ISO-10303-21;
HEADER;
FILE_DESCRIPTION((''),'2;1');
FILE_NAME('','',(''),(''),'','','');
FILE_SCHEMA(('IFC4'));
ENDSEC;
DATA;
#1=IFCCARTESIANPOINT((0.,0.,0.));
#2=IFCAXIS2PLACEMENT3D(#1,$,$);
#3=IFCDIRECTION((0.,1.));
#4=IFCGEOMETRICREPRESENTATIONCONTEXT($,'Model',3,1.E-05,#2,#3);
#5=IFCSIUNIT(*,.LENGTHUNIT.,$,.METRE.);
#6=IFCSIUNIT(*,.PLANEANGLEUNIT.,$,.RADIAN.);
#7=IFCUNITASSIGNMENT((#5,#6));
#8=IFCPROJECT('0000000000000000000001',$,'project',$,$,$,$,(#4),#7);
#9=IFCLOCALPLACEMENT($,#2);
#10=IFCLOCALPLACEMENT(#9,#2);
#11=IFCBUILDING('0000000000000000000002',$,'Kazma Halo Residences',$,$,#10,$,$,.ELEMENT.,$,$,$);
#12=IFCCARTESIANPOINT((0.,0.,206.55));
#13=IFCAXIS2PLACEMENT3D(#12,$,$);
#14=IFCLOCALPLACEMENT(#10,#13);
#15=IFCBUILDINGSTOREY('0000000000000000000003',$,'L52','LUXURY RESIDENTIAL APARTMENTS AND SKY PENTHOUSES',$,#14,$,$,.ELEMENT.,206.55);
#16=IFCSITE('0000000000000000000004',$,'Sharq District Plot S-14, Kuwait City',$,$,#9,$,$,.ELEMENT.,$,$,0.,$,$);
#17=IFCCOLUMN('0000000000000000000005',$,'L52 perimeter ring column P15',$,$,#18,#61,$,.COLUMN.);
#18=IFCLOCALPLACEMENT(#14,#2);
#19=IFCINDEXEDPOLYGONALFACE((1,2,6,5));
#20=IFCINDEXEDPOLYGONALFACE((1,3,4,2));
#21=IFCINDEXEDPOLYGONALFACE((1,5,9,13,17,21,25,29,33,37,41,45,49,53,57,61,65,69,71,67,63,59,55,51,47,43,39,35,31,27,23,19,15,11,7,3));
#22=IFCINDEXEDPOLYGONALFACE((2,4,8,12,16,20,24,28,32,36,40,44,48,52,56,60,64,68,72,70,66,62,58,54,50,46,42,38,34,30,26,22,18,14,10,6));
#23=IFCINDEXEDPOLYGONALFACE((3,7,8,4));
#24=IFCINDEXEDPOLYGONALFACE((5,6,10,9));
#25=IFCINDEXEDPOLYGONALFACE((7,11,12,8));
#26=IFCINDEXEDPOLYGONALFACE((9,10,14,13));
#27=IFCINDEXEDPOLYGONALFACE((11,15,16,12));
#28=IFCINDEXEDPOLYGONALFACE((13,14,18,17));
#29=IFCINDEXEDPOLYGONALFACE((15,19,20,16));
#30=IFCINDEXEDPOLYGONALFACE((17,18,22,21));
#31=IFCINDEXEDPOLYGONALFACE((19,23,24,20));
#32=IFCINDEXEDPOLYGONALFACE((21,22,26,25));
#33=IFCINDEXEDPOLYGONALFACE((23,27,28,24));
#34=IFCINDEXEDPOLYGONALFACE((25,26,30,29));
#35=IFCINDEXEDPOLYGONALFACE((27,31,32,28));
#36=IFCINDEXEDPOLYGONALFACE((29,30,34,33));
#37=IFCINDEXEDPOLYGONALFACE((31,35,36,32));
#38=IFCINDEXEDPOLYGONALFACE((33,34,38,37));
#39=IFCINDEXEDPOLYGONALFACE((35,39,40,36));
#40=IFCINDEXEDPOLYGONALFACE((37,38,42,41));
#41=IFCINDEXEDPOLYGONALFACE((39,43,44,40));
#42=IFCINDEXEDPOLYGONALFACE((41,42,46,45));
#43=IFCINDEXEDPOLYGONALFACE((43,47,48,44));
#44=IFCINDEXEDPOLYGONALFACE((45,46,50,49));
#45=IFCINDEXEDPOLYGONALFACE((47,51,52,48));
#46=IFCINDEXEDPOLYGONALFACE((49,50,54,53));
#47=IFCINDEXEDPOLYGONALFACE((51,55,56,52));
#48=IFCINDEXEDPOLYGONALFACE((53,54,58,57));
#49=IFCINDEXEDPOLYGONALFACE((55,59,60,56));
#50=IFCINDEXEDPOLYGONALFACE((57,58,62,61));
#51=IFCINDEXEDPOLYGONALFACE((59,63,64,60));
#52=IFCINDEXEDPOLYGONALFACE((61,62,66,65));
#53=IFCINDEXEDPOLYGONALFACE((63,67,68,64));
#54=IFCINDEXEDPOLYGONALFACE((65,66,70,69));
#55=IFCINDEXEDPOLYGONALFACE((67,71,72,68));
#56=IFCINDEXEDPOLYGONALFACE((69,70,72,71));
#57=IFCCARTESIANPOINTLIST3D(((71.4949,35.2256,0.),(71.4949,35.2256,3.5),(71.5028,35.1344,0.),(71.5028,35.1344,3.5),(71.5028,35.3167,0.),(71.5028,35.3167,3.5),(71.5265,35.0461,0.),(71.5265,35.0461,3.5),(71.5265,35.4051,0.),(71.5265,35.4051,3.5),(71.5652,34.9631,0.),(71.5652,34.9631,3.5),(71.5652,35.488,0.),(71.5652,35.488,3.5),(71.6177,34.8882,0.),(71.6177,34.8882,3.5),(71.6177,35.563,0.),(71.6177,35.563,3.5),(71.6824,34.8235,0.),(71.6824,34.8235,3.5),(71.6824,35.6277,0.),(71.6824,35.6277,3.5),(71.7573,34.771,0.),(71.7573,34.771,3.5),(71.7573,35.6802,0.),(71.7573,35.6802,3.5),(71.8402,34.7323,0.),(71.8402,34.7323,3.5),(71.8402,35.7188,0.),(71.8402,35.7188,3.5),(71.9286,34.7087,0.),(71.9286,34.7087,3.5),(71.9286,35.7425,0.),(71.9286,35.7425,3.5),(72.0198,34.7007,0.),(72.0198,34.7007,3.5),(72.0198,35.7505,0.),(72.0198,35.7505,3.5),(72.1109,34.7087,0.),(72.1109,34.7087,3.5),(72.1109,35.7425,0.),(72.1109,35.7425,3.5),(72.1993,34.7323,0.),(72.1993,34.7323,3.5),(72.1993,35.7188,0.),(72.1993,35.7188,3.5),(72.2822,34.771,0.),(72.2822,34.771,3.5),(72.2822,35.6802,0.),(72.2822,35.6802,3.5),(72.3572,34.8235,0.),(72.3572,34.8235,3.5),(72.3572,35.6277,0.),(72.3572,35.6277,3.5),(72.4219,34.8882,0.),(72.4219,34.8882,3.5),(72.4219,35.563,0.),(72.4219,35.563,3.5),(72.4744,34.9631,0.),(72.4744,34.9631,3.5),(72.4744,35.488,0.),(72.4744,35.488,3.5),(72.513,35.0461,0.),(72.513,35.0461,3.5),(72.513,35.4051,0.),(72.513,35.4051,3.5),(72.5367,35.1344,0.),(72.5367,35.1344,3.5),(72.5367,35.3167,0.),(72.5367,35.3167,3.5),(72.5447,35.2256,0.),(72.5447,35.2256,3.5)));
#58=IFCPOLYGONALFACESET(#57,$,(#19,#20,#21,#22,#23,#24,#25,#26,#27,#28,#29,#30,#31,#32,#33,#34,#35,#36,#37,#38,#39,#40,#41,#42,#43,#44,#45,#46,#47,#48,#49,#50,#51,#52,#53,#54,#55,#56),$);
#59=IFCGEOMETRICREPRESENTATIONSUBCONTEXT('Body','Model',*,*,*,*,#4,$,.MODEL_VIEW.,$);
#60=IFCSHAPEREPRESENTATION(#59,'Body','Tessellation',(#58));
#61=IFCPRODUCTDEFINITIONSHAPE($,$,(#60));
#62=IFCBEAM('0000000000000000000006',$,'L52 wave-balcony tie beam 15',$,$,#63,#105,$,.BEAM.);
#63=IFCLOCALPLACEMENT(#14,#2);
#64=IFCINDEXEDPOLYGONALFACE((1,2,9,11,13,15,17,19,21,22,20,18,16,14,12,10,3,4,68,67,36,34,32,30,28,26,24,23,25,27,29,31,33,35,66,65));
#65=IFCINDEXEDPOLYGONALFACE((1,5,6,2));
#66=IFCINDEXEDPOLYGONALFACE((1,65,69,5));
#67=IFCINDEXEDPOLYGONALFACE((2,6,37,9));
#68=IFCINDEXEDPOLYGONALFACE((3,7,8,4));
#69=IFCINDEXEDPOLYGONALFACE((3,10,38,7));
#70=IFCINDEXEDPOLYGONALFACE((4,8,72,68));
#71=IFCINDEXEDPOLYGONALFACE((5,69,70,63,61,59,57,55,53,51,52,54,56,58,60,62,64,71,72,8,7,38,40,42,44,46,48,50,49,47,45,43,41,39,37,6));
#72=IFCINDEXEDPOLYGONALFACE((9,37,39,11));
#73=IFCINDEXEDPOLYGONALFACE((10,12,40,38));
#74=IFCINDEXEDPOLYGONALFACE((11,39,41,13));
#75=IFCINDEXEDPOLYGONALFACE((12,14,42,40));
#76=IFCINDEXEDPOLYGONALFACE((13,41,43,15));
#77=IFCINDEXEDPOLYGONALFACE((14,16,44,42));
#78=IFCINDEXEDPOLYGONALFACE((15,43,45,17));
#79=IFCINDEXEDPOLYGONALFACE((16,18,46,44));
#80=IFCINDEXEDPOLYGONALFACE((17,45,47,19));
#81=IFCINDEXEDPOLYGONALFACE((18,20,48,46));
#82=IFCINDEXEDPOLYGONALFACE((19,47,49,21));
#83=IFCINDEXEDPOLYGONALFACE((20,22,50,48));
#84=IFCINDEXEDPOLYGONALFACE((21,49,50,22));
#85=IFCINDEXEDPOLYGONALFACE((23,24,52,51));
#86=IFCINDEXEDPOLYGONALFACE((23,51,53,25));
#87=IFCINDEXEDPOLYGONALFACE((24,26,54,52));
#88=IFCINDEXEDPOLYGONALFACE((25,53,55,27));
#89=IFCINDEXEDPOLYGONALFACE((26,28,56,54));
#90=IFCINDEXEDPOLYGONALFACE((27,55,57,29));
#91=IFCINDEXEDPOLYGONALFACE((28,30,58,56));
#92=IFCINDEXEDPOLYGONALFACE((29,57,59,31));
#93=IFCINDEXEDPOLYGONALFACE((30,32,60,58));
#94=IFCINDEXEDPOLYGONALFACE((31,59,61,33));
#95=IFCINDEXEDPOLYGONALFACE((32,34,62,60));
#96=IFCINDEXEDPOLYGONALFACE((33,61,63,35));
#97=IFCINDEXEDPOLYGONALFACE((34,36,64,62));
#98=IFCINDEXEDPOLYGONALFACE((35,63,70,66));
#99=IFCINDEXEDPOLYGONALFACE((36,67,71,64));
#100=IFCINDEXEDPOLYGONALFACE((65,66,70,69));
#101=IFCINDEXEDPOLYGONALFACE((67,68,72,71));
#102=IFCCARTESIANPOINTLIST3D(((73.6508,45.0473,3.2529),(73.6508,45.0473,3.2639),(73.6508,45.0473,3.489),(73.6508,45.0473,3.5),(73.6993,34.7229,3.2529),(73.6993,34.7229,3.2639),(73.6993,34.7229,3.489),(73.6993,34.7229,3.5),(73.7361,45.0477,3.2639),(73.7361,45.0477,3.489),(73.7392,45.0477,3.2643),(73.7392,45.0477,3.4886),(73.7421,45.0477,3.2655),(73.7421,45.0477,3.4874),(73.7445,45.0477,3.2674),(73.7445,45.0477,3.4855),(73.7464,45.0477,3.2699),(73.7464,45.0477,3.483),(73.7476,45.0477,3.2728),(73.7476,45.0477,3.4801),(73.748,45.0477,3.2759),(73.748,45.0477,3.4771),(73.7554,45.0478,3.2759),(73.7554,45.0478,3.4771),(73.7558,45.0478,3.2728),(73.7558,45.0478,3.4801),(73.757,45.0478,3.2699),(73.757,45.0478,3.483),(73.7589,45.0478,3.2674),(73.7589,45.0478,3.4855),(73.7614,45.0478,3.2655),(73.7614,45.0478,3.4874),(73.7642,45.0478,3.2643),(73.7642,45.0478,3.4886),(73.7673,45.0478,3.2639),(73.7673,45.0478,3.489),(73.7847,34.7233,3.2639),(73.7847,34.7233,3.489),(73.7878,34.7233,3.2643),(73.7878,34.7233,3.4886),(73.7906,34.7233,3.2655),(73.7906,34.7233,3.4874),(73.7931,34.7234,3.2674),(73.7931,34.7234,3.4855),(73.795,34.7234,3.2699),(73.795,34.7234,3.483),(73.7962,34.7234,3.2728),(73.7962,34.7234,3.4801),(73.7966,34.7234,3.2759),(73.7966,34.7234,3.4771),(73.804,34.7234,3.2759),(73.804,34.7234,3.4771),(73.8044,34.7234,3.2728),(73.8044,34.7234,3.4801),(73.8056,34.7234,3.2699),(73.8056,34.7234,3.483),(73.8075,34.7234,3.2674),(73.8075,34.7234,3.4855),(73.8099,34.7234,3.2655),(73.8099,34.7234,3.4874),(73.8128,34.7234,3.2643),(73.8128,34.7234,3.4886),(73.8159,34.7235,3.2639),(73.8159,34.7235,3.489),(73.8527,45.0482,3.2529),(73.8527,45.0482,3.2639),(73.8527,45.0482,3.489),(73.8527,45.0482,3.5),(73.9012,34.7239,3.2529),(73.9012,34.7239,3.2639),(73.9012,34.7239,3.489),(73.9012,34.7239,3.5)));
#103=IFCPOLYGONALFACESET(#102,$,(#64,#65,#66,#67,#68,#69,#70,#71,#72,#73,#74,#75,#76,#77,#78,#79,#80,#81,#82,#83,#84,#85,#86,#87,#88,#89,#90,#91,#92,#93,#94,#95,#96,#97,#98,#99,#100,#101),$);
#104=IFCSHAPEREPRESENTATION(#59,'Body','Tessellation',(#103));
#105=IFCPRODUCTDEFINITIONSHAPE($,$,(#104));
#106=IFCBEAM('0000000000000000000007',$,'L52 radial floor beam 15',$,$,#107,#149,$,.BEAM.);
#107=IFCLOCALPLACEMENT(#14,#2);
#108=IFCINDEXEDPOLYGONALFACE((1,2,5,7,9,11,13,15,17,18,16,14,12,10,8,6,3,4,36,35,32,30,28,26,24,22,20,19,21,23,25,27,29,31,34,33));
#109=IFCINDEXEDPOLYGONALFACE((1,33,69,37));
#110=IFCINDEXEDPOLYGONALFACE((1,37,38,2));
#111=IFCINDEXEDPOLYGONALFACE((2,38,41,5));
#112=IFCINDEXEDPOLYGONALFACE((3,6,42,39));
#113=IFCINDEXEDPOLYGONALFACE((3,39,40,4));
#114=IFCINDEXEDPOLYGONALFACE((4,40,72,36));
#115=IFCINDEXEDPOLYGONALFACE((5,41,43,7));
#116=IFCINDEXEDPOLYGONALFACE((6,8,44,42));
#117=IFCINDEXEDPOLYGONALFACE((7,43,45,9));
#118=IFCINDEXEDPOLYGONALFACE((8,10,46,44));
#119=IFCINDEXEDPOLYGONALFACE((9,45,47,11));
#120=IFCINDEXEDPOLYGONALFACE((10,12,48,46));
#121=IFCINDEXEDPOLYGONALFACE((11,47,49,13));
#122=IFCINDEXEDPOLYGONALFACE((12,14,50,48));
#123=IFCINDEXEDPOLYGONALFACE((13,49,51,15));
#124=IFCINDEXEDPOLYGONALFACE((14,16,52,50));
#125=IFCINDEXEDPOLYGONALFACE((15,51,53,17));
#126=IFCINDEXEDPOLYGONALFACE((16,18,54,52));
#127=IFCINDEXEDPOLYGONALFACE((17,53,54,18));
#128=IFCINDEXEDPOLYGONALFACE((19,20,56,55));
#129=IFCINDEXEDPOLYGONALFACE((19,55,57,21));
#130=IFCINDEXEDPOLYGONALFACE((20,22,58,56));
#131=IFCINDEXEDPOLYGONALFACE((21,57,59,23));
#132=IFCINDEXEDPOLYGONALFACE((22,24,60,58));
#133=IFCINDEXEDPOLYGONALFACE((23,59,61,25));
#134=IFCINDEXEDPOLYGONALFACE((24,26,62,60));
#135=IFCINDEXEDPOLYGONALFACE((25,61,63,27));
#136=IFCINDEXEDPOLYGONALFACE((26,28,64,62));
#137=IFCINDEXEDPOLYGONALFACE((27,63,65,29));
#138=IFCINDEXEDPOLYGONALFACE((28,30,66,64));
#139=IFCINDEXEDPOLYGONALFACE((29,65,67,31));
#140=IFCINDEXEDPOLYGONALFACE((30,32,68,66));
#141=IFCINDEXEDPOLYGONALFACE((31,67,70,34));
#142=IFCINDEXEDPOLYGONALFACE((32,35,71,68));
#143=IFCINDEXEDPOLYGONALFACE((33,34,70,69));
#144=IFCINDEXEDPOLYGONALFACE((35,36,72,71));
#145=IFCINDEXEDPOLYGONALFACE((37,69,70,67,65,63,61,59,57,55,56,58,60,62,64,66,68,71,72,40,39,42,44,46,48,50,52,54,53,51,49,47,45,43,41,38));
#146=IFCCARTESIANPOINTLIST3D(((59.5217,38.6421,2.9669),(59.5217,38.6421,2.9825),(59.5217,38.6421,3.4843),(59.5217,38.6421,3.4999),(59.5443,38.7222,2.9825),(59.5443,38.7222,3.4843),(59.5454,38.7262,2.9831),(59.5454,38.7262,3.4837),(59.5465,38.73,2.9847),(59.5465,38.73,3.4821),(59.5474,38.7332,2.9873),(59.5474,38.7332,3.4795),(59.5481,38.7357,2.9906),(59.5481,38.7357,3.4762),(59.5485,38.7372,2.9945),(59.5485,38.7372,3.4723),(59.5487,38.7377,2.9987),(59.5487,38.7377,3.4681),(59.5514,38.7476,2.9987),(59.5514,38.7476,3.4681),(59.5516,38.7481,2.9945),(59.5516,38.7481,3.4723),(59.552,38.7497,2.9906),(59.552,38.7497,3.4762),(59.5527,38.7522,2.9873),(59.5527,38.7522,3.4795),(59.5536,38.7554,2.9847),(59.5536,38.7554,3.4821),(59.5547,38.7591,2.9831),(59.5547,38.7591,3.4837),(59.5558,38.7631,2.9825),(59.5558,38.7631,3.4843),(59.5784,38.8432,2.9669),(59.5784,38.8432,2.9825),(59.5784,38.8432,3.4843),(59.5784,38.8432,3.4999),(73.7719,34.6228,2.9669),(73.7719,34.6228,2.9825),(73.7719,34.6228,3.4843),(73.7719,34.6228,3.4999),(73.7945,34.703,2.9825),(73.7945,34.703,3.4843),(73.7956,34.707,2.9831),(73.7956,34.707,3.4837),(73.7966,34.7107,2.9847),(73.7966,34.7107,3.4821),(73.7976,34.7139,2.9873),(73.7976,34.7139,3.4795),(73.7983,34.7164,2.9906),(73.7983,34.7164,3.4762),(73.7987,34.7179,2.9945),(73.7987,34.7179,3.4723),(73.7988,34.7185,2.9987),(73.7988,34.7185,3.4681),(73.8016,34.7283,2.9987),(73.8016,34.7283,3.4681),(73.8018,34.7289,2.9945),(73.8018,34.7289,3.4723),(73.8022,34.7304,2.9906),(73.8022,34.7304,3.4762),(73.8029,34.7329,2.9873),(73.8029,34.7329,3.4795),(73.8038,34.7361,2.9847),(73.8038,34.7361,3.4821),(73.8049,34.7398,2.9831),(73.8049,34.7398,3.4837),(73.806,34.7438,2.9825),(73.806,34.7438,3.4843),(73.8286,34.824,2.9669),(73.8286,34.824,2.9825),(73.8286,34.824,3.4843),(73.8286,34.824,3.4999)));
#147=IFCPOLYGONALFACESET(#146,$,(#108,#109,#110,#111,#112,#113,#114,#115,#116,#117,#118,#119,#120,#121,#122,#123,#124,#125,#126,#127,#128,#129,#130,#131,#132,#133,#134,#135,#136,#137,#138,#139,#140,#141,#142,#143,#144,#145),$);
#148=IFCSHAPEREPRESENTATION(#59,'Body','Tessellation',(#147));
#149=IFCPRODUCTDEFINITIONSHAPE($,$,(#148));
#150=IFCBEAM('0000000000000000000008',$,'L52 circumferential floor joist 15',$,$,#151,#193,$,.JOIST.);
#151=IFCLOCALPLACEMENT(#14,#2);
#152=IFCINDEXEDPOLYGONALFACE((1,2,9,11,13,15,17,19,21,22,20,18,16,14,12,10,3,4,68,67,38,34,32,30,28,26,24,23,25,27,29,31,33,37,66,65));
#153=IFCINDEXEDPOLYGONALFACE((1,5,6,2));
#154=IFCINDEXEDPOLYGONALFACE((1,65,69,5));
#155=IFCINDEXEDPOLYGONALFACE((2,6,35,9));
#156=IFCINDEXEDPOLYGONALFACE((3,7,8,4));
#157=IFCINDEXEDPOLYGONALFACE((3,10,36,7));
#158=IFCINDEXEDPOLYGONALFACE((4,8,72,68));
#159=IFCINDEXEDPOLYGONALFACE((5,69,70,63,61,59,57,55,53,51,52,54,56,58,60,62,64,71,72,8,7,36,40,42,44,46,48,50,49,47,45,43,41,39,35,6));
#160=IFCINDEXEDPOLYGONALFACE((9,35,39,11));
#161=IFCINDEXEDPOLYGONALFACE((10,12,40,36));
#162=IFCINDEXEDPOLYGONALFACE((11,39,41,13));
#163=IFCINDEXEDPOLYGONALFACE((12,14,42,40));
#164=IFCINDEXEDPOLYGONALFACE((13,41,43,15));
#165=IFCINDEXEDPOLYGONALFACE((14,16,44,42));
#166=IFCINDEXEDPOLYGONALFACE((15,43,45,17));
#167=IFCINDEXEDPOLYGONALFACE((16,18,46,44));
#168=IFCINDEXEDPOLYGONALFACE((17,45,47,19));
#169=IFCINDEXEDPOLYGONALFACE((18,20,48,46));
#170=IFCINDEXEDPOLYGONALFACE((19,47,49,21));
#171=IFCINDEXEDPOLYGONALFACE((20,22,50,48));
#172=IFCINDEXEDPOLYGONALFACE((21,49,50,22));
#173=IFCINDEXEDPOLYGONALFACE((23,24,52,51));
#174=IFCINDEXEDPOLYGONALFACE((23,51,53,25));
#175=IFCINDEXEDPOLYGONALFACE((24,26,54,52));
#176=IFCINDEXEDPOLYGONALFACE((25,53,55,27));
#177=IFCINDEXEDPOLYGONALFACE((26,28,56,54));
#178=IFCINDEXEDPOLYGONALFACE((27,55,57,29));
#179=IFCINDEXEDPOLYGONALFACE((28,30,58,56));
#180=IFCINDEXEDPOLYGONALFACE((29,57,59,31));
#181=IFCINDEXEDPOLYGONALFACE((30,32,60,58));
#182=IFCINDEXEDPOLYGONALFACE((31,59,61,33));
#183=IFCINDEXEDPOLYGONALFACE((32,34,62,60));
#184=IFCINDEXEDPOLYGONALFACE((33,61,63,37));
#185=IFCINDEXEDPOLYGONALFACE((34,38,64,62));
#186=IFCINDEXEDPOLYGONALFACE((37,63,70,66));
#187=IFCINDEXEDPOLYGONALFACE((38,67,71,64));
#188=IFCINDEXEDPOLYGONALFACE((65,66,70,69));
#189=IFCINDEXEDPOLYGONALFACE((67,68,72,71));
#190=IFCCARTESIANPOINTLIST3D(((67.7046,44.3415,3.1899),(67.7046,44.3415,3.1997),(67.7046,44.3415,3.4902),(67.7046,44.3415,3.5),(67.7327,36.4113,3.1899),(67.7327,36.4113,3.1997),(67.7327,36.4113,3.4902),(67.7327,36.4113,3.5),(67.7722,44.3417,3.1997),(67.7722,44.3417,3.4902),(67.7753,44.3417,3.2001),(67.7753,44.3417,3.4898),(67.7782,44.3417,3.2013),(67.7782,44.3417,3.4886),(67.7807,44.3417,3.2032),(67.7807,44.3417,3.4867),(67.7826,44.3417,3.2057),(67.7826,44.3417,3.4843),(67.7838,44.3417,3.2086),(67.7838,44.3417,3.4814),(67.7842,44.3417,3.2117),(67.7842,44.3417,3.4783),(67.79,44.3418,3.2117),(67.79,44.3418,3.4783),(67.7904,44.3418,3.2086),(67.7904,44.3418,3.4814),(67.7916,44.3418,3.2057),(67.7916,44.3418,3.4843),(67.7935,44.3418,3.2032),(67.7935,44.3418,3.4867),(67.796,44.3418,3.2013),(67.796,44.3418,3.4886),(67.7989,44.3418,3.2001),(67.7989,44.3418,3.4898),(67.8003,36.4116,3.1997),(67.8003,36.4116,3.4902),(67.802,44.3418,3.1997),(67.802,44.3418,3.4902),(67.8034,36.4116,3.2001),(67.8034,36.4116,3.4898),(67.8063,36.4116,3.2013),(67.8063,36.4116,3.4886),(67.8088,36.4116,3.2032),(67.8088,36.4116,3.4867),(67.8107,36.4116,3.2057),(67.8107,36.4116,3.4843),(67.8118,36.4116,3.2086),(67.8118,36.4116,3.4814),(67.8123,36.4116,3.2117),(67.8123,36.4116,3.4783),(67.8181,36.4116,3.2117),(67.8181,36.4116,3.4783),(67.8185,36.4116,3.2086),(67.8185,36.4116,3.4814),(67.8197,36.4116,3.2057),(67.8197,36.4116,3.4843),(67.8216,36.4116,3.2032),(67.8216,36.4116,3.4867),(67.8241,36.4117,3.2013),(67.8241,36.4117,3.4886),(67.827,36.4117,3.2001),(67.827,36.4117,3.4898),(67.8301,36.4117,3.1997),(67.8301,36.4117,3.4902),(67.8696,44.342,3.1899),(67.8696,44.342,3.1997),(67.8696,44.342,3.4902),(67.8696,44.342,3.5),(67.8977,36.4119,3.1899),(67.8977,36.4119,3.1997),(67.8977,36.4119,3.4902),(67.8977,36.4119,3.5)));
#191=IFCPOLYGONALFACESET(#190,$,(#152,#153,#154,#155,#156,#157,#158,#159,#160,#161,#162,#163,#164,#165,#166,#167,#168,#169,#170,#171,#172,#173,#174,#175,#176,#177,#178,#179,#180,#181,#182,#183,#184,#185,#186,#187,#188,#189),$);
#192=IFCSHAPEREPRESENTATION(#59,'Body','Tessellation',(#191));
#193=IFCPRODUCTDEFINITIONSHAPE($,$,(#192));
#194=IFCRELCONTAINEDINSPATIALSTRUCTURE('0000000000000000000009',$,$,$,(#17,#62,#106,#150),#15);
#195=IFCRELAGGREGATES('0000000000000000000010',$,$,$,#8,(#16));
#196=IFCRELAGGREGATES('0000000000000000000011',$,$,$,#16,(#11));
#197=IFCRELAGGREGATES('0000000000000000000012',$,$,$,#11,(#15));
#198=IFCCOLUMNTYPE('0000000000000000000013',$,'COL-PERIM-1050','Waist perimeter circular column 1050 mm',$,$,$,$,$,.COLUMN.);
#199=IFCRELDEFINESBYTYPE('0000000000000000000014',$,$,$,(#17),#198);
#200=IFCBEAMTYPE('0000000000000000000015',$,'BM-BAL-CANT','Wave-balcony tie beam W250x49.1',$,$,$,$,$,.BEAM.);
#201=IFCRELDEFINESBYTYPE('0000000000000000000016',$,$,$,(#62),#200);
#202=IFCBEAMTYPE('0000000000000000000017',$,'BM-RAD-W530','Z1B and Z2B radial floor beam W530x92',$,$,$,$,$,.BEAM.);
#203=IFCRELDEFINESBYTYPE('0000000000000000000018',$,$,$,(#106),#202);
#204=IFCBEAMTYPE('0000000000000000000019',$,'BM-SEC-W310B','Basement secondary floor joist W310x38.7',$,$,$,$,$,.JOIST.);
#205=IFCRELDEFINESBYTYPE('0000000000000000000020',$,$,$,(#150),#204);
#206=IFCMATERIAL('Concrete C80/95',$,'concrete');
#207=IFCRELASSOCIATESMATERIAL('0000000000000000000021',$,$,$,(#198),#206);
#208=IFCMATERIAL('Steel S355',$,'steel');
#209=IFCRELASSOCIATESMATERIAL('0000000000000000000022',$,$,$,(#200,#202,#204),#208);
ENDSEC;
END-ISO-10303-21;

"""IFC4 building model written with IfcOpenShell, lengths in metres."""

from ifc_helpers import new_model, si_unit, direction, frame, origin, origin_2d, place, context, subcontext, project, spatial, circle, i_section, extrude, material, material_profile, profile_set, type_object, element, save


model = new_model("IFC4")

# Units and contexts
model_context = context("Model", 3, precision=1e-05, world=origin(), true_north=direction((0.0, 1.0)))
body_context = subcontext(model_context, "Body", "Model", "MODEL_VIEW")
ifc_project = project(units=[si_unit("LENGTHUNIT", "METRE"), si_unit("PLANEANGLEUNIT", "RADIAN")], contexts=[model_context])

# Site, building, storey
site_placement = place(None, origin())
site = spatial("IfcSite", under=ifc_project, at=site_placement, Name="Sharq District Plot S-14, Kuwait City", CompositionType="ELEMENT", RefElevation=0.0)
building_placement = place(site_placement, origin())
building = spatial("IfcBuilding", under=site, at=building_placement, Name="Kazma Halo Residences", CompositionType="ELEMENT")
storey_placement = place(building_placement, frame((0.0, 0.0, 206.55)))
storey = spatial("IfcBuildingStorey", under=building, at=storey_placement, Name="L52", Description="LUXURY RESIDENTIAL APARTMENTS AND SKY PENTHOUSES", CompositionType="ELEMENT", Elevation=206.55)

# Column
ifc_material_1 = material(Name="Concrete C80/95", Category="concrete")
ifc_material_profile_1 = material_profile(ifc_material_1, circle(Radius=0.5249, at=origin_2d()), Name="CIRC1050")
ifc_profile_set_1 = profile_set([ifc_material_profile_1], Name="Concrete C80/95")
column_type = type_object("IfcColumnType", Name="COL-PERIM-1050", Description="Waist perimeter circular column 1050 mm", PredefinedType="COLUMN", material=ifc_profile_set_1)
column_placement = place(storey_placement, frame((72.0198, 35.2256, 0.0), z_axis=(0.0, 0.0, 1.0), x_axis=(1.0, 0.0, 0.0)))
element("IfcColumn", 1, at=column_placement, inside=storey, type_object=column_type, Name="L52 perimeter ring column P15", PredefinedType="COLUMN", context=body_context, shape_type="SweptSolid", body=[
    extrude(circle(Radius=0.5249, at=origin_2d()), origin(), (0.0, 0.0, 1.0), 3.5),
])

# Beams
ifc_material_2 = material(Name="Steel S355", Category="steel")
ifc_material_profile_2 = material_profile(ifc_material_2, i_section(OverallWidth=0.2019, OverallDepth=0.2471, WebThickness=0.0073, FlangeThickness=0.011, FilletRadius=0.012, at=origin_2d()), Name="W250x49.1")
ifc_profile_set_2 = profile_set([ifc_material_profile_2], Name="Steel S355")
beam_type_1 = type_object("IfcBeamType", Name="BM-BAL-CANT", Description="Wave-balcony tie beam W250x49.1", PredefinedType="BEAM", material=ifc_profile_set_2)
beam_1_placement = place(storey_placement, frame((73.8003, 34.7234, 3.3765), z_axis=(-0.004706, 0.999989, 0.0), x_axis=(-0.999989, -0.004706, 0.0)))
element("IfcBeam", 2, at=beam_1_placement, inside=storey, type_object=beam_type_1, Name="L52 wave-balcony tie beam 15", PredefinedType="BEAM", context=body_context, shape_type="SweptSolid", body=[
    extrude(i_section(OverallWidth=0.2019, OverallDepth=0.2471, WebThickness=0.0073, FlangeThickness=0.011, FilletRadius=0.012, at=origin_2d()), origin(), (0.0, 0.0, 1.0), 10.3245),
])
ifc_material_profile_3 = material_profile(ifc_material_2, i_section(OverallWidth=0.209, OverallDepth=0.533, WebThickness=0.0103, FlangeThickness=0.0156, FilletRadius=0.0161, at=origin_2d()), Name="W530x92")
ifc_profile_set_3 = profile_set([ifc_material_profile_3], Name="Steel S355")
beam_type_2 = type_object("IfcBeamType", Name="BM-RAD-W530", Description="Z1B and Z2B radial floor beam W530x92", PredefinedType="BEAM", material=ifc_profile_set_3)
beam_2_placement = place(storey_placement, frame((59.55, 38.7427, 3.2334), z_axis=(0.96245, -0.271459, 0.0), x_axis=(0.271459, 0.96245, 0.0)))
element("IfcBeam", 3, at=beam_2_placement, inside=storey, type_object=beam_type_2, Name="L52 radial floor beam 15", PredefinedType="BEAM", context=body_context, shape_type="SweptSolid", body=[
    extrude(i_section(OverallWidth=0.209, OverallDepth=0.533, WebThickness=0.0103, FlangeThickness=0.0156, FilletRadius=0.0161, at=origin_2d()), origin(), (0.0, 0.0, 1.0), 14.8062),
])
ifc_material_profile_4 = material_profile(ifc_material_2, i_section(OverallWidth=0.165, OverallDepth=0.3101, WebThickness=0.0059, FlangeThickness=0.0098, FilletRadius=0.012, at=origin_2d()), Name="W310x38.7")
ifc_profile_set_4 = profile_set([ifc_material_profile_4], Name="Steel S355")
beam_type_3 = type_object("IfcBeamType", Name="BM-SEC-W310B", Description="Basement secondary floor joist W310x38.7", PredefinedType="JOIST", material=ifc_profile_set_4)
beam_3_placement = place(storey_placement, frame((67.8152, 36.4116, 3.345), z_axis=(-0.00354, 0.999994, 0.0), x_axis=(-0.999994, -0.00354, 0.0)))
element("IfcBeam", 4, at=beam_3_placement, inside=storey, type_object=beam_type_3, Name="L52 circumferential floor joist 15", PredefinedType="JOIST", context=body_context, shape_type="SweptSolid", body=[
    extrude(i_section(OverallWidth=0.165, OverallDepth=0.3101, WebThickness=0.0059, FlangeThickness=0.0098, FilletRadius=0.012, at=origin_2d()), origin(), (0.0, 0.0, 1.0), 7.9302),
])

save(model, "model.ifc")
